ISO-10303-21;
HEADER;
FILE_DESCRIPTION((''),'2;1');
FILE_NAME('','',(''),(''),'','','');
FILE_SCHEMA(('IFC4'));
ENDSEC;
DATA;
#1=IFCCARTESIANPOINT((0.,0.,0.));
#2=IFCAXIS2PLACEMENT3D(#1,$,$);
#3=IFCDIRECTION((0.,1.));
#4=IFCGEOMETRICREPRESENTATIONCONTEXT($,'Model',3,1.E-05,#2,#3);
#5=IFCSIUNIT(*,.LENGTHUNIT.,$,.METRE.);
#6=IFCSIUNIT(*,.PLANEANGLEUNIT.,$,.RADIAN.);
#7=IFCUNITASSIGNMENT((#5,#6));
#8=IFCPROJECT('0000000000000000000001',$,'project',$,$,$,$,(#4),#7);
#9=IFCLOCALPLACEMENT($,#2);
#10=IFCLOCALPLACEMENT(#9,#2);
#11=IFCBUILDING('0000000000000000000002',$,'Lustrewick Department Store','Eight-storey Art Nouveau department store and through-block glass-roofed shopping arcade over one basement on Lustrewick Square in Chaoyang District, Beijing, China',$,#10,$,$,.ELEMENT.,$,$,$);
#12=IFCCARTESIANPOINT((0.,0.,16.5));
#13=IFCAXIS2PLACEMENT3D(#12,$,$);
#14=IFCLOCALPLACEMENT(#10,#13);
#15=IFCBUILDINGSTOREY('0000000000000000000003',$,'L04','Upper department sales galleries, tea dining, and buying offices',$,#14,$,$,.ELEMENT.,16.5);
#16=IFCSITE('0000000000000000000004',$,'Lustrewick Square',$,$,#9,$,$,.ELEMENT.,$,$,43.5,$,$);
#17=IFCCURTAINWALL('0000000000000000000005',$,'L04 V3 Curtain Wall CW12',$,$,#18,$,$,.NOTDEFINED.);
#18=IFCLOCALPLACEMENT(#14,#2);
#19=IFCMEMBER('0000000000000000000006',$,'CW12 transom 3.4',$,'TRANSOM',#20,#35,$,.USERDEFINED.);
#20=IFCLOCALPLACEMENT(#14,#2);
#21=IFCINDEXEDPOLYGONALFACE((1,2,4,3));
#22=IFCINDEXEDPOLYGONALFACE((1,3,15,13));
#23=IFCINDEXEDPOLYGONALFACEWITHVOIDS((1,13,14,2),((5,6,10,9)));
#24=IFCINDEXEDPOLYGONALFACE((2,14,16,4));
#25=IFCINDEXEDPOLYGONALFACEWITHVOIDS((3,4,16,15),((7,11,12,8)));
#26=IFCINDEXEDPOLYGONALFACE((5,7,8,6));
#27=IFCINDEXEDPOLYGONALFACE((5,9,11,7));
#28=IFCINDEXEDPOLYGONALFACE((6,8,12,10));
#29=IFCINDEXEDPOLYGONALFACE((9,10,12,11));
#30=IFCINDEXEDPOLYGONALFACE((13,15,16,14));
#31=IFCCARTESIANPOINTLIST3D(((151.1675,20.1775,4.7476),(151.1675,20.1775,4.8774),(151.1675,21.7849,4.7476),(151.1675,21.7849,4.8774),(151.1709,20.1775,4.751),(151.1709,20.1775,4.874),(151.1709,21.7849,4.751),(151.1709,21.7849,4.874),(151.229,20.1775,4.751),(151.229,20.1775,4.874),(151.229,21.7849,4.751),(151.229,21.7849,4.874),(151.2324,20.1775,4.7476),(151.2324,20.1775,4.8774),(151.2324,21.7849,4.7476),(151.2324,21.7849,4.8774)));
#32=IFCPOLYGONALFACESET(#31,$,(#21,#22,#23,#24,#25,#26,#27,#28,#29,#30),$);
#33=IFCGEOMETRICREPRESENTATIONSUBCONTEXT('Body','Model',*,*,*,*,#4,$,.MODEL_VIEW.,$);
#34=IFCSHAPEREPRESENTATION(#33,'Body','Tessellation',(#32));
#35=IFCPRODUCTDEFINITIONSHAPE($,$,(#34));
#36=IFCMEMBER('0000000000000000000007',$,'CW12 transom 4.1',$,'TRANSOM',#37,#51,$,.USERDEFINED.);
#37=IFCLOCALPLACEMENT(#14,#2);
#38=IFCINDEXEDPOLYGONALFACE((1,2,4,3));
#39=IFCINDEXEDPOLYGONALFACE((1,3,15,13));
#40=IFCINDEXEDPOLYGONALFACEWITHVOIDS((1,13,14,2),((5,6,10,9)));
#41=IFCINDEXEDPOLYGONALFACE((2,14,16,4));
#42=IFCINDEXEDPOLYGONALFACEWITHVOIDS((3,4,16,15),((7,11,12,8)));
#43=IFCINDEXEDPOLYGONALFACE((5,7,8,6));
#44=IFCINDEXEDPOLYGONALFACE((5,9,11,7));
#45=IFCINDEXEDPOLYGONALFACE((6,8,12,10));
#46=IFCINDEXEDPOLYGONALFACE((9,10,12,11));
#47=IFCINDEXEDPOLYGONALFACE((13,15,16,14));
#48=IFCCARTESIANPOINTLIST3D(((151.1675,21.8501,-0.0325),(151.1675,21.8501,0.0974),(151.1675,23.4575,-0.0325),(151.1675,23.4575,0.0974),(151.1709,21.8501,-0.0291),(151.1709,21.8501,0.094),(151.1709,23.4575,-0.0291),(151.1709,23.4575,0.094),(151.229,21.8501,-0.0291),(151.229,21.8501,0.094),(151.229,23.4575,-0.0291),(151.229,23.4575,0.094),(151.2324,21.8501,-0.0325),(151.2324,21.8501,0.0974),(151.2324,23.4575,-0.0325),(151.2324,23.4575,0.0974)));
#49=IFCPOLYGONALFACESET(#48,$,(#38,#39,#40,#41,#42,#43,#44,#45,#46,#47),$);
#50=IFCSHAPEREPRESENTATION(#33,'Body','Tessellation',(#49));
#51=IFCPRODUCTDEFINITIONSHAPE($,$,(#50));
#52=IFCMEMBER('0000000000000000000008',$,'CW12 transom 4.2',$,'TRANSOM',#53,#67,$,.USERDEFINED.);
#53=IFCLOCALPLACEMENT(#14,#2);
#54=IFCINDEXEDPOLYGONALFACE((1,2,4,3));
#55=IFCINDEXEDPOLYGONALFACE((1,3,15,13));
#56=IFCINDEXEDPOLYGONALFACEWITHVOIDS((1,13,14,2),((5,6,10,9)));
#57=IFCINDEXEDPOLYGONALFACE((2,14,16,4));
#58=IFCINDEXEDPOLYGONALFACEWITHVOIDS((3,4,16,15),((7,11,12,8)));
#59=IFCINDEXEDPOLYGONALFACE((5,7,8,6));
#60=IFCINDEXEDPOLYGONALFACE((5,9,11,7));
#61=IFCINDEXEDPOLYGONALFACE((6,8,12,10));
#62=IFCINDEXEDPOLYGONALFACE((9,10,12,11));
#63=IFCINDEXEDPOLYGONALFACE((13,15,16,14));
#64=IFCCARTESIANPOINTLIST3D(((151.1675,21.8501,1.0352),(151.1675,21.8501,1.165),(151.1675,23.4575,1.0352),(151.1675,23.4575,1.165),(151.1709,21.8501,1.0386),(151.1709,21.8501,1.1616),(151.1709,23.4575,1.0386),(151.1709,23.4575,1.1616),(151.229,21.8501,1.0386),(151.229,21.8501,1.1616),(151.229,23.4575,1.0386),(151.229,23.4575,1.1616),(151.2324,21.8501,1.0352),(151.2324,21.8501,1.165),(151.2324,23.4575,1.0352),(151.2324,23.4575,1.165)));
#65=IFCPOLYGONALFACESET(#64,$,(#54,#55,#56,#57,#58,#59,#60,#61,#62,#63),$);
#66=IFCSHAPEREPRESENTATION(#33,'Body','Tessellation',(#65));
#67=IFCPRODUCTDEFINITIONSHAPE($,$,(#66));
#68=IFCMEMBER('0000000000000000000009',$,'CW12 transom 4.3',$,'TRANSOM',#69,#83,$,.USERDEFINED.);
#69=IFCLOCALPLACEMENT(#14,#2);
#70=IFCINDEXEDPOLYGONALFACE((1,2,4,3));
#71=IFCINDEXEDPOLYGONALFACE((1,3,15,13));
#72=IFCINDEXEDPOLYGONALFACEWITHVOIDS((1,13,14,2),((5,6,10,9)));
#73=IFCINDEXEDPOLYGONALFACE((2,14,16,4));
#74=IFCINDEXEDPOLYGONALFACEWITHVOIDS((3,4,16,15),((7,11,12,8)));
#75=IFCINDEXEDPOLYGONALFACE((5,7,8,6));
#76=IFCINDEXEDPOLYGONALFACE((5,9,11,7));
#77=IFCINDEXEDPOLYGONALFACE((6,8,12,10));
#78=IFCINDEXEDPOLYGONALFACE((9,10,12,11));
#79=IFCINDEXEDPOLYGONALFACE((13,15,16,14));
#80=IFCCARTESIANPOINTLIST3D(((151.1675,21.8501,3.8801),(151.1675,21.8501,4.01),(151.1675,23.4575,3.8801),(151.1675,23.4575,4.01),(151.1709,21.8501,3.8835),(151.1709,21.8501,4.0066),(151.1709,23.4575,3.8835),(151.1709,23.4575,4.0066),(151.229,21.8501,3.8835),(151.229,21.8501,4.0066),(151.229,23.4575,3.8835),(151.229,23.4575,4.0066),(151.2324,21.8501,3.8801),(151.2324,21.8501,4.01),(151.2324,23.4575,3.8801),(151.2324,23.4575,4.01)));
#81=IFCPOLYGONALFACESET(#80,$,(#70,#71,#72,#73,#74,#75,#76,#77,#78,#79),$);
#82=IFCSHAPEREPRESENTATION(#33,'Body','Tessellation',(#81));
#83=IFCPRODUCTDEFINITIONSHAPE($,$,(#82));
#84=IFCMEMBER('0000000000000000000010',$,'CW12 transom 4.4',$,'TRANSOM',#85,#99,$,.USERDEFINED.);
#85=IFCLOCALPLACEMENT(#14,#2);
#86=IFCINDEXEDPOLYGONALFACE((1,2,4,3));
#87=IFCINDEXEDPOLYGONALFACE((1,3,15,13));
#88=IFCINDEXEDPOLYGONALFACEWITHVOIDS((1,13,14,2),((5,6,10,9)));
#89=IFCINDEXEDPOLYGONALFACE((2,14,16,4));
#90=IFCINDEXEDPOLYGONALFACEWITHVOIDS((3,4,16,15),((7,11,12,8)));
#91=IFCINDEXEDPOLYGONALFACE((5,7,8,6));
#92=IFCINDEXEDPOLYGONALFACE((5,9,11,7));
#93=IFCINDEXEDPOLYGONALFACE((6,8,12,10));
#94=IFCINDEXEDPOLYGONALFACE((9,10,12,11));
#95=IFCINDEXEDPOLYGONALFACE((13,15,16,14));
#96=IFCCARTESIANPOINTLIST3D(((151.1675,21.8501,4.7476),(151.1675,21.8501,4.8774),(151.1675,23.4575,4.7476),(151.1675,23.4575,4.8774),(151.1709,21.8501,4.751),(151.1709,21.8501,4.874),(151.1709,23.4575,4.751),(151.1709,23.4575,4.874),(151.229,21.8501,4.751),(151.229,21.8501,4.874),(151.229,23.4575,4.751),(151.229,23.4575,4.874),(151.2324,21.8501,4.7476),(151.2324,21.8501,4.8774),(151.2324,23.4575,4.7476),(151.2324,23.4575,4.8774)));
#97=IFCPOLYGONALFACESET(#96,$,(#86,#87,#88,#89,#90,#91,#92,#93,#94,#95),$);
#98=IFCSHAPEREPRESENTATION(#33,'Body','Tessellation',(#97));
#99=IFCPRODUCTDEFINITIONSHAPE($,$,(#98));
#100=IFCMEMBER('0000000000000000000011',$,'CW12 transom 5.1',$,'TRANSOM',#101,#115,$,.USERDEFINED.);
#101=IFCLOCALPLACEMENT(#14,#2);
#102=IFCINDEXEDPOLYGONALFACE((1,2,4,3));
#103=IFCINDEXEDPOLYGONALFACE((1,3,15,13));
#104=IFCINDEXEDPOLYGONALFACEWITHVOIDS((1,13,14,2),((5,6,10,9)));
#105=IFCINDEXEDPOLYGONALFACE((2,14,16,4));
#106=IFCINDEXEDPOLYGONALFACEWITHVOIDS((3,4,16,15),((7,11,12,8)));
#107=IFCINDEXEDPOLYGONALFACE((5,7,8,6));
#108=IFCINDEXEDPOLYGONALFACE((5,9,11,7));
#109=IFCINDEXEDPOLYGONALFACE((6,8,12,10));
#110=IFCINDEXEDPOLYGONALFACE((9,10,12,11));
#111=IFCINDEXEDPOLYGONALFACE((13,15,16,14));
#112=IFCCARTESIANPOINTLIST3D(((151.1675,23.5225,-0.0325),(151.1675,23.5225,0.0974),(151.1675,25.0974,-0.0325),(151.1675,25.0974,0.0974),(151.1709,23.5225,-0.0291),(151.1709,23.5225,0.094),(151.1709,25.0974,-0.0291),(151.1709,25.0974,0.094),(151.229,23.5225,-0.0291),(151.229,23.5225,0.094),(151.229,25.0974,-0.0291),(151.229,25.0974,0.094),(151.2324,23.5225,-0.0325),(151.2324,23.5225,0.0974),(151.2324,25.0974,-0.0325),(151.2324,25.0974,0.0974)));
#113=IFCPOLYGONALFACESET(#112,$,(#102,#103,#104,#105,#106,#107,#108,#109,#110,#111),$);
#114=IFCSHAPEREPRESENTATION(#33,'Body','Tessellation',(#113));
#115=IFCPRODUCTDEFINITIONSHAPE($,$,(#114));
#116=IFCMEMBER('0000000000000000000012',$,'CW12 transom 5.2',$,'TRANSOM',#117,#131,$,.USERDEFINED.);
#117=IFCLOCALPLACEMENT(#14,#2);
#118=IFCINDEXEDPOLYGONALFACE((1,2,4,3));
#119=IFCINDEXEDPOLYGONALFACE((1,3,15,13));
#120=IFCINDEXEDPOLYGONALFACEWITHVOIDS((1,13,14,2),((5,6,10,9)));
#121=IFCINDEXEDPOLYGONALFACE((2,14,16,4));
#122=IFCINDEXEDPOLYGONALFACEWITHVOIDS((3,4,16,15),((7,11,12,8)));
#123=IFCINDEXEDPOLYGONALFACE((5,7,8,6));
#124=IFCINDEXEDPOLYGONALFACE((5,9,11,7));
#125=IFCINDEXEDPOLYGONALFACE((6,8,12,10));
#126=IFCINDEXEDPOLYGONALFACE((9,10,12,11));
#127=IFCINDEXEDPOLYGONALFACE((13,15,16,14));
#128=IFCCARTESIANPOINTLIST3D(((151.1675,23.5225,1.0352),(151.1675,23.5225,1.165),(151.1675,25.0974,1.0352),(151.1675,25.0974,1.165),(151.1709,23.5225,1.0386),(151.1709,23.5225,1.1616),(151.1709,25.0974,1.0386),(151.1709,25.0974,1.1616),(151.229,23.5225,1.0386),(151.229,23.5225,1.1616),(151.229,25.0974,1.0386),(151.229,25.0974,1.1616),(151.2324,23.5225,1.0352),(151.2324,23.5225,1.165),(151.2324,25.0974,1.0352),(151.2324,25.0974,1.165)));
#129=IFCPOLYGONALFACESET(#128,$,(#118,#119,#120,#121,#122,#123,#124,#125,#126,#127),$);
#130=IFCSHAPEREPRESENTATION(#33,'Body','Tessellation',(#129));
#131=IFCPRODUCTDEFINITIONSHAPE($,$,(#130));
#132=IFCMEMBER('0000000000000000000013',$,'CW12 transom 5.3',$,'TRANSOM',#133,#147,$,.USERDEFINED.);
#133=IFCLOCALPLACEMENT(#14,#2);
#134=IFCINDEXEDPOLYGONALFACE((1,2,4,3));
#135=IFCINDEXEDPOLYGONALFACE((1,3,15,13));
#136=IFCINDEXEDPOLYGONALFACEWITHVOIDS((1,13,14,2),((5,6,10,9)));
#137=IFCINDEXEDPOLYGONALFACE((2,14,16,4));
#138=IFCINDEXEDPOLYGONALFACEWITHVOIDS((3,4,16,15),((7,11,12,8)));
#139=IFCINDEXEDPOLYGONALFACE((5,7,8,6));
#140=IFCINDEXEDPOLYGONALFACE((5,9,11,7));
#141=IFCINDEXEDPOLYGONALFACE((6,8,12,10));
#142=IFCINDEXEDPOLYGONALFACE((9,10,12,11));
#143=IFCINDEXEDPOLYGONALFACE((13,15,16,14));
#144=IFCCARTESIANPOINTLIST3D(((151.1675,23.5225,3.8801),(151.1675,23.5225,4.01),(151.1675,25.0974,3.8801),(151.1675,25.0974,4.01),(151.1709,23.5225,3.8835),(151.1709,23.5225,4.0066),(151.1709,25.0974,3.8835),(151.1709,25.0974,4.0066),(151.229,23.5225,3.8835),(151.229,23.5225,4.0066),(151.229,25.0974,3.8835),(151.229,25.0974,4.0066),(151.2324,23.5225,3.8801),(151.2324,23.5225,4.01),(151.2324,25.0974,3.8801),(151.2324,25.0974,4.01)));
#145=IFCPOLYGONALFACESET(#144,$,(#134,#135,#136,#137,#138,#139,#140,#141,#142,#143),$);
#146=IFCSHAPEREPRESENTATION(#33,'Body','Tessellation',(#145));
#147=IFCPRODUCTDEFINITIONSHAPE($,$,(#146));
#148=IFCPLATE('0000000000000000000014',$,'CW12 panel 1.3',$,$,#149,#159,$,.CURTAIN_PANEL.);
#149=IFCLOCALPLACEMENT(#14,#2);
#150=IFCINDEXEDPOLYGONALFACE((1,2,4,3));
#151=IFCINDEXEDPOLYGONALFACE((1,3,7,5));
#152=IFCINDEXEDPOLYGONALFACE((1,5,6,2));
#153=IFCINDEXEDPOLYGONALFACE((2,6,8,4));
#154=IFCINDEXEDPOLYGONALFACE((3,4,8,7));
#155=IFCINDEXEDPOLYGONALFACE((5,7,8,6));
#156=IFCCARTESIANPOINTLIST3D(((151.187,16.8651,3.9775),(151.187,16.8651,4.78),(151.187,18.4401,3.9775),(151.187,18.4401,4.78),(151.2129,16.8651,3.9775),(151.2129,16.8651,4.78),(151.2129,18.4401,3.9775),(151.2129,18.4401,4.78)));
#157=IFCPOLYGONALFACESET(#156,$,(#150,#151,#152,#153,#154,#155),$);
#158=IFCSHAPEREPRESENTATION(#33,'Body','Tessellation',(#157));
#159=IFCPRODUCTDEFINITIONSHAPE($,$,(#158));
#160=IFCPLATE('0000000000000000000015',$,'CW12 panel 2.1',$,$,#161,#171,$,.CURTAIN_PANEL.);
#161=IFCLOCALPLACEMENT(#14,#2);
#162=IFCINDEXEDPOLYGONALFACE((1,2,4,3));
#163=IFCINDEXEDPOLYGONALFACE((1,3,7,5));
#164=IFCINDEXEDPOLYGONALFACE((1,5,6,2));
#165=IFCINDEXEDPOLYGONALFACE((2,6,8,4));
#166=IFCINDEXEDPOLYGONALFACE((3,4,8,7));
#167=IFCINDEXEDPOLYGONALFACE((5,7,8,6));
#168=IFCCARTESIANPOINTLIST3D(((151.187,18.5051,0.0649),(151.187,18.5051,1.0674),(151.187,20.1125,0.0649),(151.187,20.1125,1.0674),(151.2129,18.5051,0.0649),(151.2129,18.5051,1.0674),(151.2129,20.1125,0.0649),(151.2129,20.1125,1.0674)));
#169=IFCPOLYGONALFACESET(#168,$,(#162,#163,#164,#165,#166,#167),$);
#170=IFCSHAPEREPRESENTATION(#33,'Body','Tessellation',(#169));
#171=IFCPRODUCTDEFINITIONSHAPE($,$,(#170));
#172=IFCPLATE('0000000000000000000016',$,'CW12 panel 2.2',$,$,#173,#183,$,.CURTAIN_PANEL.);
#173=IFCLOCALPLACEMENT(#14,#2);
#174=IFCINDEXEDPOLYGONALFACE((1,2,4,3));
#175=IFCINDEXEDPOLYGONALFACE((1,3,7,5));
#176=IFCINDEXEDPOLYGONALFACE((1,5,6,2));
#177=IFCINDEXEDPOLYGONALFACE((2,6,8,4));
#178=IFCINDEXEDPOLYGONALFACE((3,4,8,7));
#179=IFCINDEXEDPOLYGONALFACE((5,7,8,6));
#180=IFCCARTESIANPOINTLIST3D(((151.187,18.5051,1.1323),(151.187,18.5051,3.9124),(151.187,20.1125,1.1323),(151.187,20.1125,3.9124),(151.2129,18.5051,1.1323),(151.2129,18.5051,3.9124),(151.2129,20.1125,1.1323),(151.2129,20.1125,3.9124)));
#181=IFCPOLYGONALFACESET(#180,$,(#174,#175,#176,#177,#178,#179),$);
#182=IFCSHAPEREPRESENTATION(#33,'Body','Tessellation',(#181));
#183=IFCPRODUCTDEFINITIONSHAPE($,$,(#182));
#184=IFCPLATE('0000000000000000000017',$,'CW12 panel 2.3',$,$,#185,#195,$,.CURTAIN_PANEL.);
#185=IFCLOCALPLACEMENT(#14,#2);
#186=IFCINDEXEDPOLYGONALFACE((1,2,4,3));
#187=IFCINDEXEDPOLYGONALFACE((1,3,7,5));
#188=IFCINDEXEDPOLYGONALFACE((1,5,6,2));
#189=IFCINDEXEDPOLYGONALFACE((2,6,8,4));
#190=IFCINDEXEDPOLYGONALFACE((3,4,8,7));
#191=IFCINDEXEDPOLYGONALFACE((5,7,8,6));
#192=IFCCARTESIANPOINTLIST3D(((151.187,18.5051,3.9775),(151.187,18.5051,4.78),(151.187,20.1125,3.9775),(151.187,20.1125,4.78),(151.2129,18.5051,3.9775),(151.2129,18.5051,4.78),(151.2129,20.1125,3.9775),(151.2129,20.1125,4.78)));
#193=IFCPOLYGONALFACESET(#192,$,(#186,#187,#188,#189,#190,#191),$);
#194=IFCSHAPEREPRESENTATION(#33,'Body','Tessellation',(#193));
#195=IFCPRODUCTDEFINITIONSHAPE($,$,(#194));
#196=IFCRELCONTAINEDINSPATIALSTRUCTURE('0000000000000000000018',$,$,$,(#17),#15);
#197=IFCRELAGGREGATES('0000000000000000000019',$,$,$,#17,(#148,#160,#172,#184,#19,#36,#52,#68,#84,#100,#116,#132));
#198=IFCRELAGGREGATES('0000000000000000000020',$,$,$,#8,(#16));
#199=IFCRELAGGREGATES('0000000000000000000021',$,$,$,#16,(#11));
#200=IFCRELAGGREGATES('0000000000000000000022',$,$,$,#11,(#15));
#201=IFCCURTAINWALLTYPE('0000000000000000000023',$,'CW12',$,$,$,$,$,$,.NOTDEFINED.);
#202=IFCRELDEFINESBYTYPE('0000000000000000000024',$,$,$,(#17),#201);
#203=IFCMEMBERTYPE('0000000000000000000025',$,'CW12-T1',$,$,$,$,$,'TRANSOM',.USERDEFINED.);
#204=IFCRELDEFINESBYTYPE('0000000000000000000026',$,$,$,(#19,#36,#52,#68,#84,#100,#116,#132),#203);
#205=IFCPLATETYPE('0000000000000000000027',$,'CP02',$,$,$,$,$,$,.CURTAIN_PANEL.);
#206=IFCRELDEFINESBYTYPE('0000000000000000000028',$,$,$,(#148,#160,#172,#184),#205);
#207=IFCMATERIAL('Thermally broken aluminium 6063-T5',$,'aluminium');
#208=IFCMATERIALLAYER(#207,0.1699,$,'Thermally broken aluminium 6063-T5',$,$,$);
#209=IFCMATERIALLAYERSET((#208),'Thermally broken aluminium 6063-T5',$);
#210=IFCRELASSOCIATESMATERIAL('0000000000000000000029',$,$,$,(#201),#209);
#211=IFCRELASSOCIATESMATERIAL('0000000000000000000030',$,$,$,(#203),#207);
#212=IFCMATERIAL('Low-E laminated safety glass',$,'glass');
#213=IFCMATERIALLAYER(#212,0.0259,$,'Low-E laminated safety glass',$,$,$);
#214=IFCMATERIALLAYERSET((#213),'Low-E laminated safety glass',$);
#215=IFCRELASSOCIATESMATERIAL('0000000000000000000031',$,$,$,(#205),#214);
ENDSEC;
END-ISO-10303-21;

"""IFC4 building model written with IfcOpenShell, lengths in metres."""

from ifc_helpers import new_model, si_unit, direction, frame, origin, origin_2d, place, context, subcontext, project, spatial, rectangle, hollow_rectangle, extrude, material, layer, layer_set, material_profile, profile_set, type_object, element, aggregate, save


model = new_model("IFC4")

# Units and contexts
model_context = context("Model", 3, precision=1e-05, world=origin(), true_north=direction((0.0, 1.0)))
body_context = subcontext(model_context, "Body", "Model", "MODEL_VIEW")
ifc_project = project(units=[si_unit("LENGTHUNIT", "METRE"), si_unit("PLANEANGLEUNIT", "RADIAN")], contexts=[model_context])

# Site, building, storey
site_placement = place(None, origin())
site = spatial("IfcSite", under=ifc_project, at=site_placement, Name="Lustrewick Square", CompositionType="ELEMENT", RefElevation=43.5)
building_placement = place(site_placement, origin())
building = spatial("IfcBuilding", under=site, at=building_placement, Name="Lustrewick Department Store", Description="Eight-storey Art Nouveau department store and through-block glass-roofed shopping arcade over one basement on Lustrewick Square in Chaoyang District, Beijing, China", CompositionType="ELEMENT")
storey_placement = place(building_placement, frame((0.0, 0.0, 16.5)))
storey = spatial("IfcBuildingStorey", under=building, at=storey_placement, Name="L04", Description="Upper department sales galleries, tea dining, and buying offices", CompositionType="ELEMENT", Elevation=16.5)

# Curtain wall, members, plates
ifc_material_1 = material(Name="Thermally broken aluminium 6063-T5", Category="aluminium")
ifc_layer_1 = layer(ifc_material_1, 0.1699, Name="Thermally broken aluminium 6063-T5")
ifc_layer_set_1 = layer_set([ifc_layer_1], Name="Thermally broken aluminium 6063-T5")
curtain_wall_type = type_object("IfcCurtainWallType", Name="CW12", PredefinedType="NOTDEFINED", material=ifc_layer_set_1)
curtain_wall_placement = place(storey_placement, origin())
curtain_wall = element("IfcCurtainWall", 1, at=curtain_wall_placement, inside=storey, type_object=curtain_wall_type, Name="L04 V3 Curtain Wall CW12", PredefinedType="NOTDEFINED")
ifc_material_profile_1 = material_profile(ifc_material_1, hollow_rectangle(XDim=0.0649, YDim=0.1299, WallThickness=0.0034, at=origin_2d()), Name="ALU-T 65x130x3.5")
ifc_profile_set_1 = profile_set([ifc_material_profile_1], Name="Thermally broken aluminium 6063-T5")
member_type_1 = type_object("IfcMemberType", Name="CW12-T1", ElementType="TRANSOM", PredefinedType="USERDEFINED", material=ifc_profile_set_1)
member_1_placement = place(storey_placement, frame((151.2, 20.1775, 4.8125), z_axis=(0.0, 1.0, 0.0), x_axis=(-1.0, 0.0, 0.0)))
member_1 = element("IfcMember", 2, at=member_1_placement, type_object=member_type_1, Name="CW12 transom 3.4", ObjectType="TRANSOM", PredefinedType="USERDEFINED", context=body_context, shape_type="SweptSolid", body=[
    extrude(hollow_rectangle(XDim=0.0649, YDim=0.1299, WallThickness=0.0034, at=origin_2d()), origin(), (0.0, 0.0, 1.0), 1.6074),
])
member_2_placement = place(storey_placement, frame((151.2, 21.8501, 0.0325), z_axis=(0.0, 1.0, 0.0), x_axis=(-1.0, 0.0, 0.0)))
member_2 = element("IfcMember", 3, at=member_2_placement, type_object=member_type_1, Name="CW12 transom 4.1", ObjectType="TRANSOM", PredefinedType="USERDEFINED", context=body_context, shape_type="SweptSolid", body=[
    extrude(hollow_rectangle(XDim=0.0649, YDim=0.1299, WallThickness=0.0034, at=origin_2d()), origin(), (0.0, 0.0, 1.0), 1.6074),
])
member_3_placement = place(storey_placement, frame((151.2, 21.8501, 1.1001), z_axis=(0.0, 1.0, 0.0), x_axis=(-1.0, 0.0, 0.0)))
member_3 = element("IfcMember", 4, at=member_3_placement, type_object=member_type_1, Name="CW12 transom 4.2", ObjectType="TRANSOM", PredefinedType="USERDEFINED", context=body_context, shape_type="SweptSolid", body=[
    extrude(hollow_rectangle(XDim=0.0649, YDim=0.1299, WallThickness=0.0034, at=origin_2d()), origin(), (0.0, 0.0, 1.0), 1.6074),
])
member_4_placement = place(storey_placement, frame((151.2, 21.8501, 3.9451), z_axis=(0.0, 1.0, 0.0), x_axis=(-1.0, 0.0, 0.0)))
member_4 = element("IfcMember", 5, at=member_4_placement, type_object=member_type_1, Name="CW12 transom 4.3", ObjectType="TRANSOM", PredefinedType="USERDEFINED", context=body_context, shape_type="SweptSolid", body=[
    extrude(hollow_rectangle(XDim=0.0649, YDim=0.1299, WallThickness=0.0034, at=origin_2d()), origin(), (0.0, 0.0, 1.0), 1.6074),
])
member_5_placement = place(storey_placement, frame((151.2, 21.8501, 4.8125), z_axis=(0.0, 1.0, 0.0), x_axis=(-1.0, 0.0, 0.0)))
member_5 = element("IfcMember", 6, at=member_5_placement, type_object=member_type_1, Name="CW12 transom 4.4", ObjectType="TRANSOM", PredefinedType="USERDEFINED", context=body_context, shape_type="SweptSolid", body=[
    extrude(hollow_rectangle(XDim=0.0649, YDim=0.1299, WallThickness=0.0034, at=origin_2d()), origin(), (0.0, 0.0, 1.0), 1.6074),
])
member_6_placement = place(storey_placement, frame((151.2, 23.5225, 0.0325), z_axis=(0.0, 1.0, 0.0), x_axis=(-1.0, 0.0, 0.0)))
member_6 = element("IfcMember", 7, at=member_6_placement, type_object=member_type_1, Name="CW12 transom 5.1", ObjectType="TRANSOM", PredefinedType="USERDEFINED", context=body_context, shape_type="SweptSolid", body=[
    extrude(hollow_rectangle(XDim=0.0649, YDim=0.1299, WallThickness=0.0034, at=origin_2d()), origin(), (0.0, 0.0, 1.0), 1.575),
])
member_7_placement = place(storey_placement, frame((151.2, 23.5225, 1.1001), z_axis=(0.0, 1.0, 0.0), x_axis=(-1.0, 0.0, 0.0)))
member_7 = element("IfcMember", 8, at=member_7_placement, type_object=member_type_1, Name="CW12 transom 5.2", ObjectType="TRANSOM", PredefinedType="USERDEFINED", context=body_context, shape_type="SweptSolid", body=[
    extrude(hollow_rectangle(XDim=0.0649, YDim=0.1299, WallThickness=0.0034, at=origin_2d()), origin(), (0.0, 0.0, 1.0), 1.575),
])
member_8_placement = place(storey_placement, frame((151.2, 23.5225, 3.9451), z_axis=(0.0, 1.0, 0.0), x_axis=(-1.0, 0.0, 0.0)))
member_8 = element("IfcMember", 9, at=member_8_placement, type_object=member_type_1, Name="CW12 transom 5.3", ObjectType="TRANSOM", PredefinedType="USERDEFINED", context=body_context, shape_type="SweptSolid", body=[
    extrude(hollow_rectangle(XDim=0.0649, YDim=0.1299, WallThickness=0.0034, at=origin_2d()), origin(), (0.0, 0.0, 1.0), 1.575),
])
ifc_material_2 = material(Name="Low-E laminated safety glass", Category="glass")
ifc_layer_2 = layer(ifc_material_2, 0.0259, Name="Low-E laminated safety glass")
ifc_layer_set_2 = layer_set([ifc_layer_2], Name="Low-E laminated safety glass")
plate_type = type_object("IfcPlateType", Name="CP02", PredefinedType="CURTAIN_PANEL", material=ifc_layer_set_2)
plate_1_placement = place(storey_placement, frame((151.2, 17.6526, 3.9775), z_axis=(0.0, 0.0, 1.0), x_axis=(0.0, 1.0, 0.0)))
plate_1 = element("IfcPlate", 10, at=plate_1_placement, type_object=plate_type, Name="CW12 panel 1.3", PredefinedType="CURTAIN_PANEL", context=body_context, shape_type="SweptSolid", body=[
    extrude(rectangle(XDim=1.575, YDim=0.0259, at=origin_2d()), origin(), (0.0, 0.0, 1.0), 0.8025),
])
plate_2_placement = place(storey_placement, frame((151.2, 19.3088, 0.0649), z_axis=(0.0, 0.0, 1.0), x_axis=(0.0, 1.0, 0.0)))
plate_2 = element("IfcPlate", 11, at=plate_2_placement, type_object=plate_type, Name="CW12 panel 2.1", PredefinedType="CURTAIN_PANEL", context=body_context, shape_type="SweptSolid", body=[
    extrude(rectangle(XDim=1.6074, YDim=0.0259, at=origin_2d()), origin(), (0.0, 0.0, 1.0), 1.0024),
])
plate_3_placement = place(storey_placement, frame((151.2, 19.3088, 1.1323), z_axis=(0.0, 0.0, 1.0), x_axis=(0.0, 1.0, 0.0)))
plate_3 = element("IfcPlate", 12, at=plate_3_placement, type_object=plate_type, Name="CW12 panel 2.2", PredefinedType="CURTAIN_PANEL", context=body_context, shape_type="SweptSolid", body=[
    extrude(rectangle(XDim=1.6074, YDim=0.0259, at=origin_2d()), origin(), (0.0, 0.0, 1.0), 2.78),
])
plate_4_placement = place(storey_placement, frame((151.2, 19.3088, 3.9775), z_axis=(0.0, 0.0, 1.0), x_axis=(0.0, 1.0, 0.0)))
plate_4 = element("IfcPlate", 13, at=plate_4_placement, type_object=plate_type, Name="CW12 panel 2.3", PredefinedType="CURTAIN_PANEL", context=body_context, shape_type="SweptSolid", body=[
    extrude(rectangle(XDim=1.6074, YDim=0.0259, at=origin_2d()), origin(), (0.0, 0.0, 1.0), 0.8025),
])
aggregate(curtain_wall, [plate_1, plate_2, plate_3, plate_4, member_1, member_2, member_3, member_4, member_5, member_6, member_7, member_8])

save(model, "model.ifc")
